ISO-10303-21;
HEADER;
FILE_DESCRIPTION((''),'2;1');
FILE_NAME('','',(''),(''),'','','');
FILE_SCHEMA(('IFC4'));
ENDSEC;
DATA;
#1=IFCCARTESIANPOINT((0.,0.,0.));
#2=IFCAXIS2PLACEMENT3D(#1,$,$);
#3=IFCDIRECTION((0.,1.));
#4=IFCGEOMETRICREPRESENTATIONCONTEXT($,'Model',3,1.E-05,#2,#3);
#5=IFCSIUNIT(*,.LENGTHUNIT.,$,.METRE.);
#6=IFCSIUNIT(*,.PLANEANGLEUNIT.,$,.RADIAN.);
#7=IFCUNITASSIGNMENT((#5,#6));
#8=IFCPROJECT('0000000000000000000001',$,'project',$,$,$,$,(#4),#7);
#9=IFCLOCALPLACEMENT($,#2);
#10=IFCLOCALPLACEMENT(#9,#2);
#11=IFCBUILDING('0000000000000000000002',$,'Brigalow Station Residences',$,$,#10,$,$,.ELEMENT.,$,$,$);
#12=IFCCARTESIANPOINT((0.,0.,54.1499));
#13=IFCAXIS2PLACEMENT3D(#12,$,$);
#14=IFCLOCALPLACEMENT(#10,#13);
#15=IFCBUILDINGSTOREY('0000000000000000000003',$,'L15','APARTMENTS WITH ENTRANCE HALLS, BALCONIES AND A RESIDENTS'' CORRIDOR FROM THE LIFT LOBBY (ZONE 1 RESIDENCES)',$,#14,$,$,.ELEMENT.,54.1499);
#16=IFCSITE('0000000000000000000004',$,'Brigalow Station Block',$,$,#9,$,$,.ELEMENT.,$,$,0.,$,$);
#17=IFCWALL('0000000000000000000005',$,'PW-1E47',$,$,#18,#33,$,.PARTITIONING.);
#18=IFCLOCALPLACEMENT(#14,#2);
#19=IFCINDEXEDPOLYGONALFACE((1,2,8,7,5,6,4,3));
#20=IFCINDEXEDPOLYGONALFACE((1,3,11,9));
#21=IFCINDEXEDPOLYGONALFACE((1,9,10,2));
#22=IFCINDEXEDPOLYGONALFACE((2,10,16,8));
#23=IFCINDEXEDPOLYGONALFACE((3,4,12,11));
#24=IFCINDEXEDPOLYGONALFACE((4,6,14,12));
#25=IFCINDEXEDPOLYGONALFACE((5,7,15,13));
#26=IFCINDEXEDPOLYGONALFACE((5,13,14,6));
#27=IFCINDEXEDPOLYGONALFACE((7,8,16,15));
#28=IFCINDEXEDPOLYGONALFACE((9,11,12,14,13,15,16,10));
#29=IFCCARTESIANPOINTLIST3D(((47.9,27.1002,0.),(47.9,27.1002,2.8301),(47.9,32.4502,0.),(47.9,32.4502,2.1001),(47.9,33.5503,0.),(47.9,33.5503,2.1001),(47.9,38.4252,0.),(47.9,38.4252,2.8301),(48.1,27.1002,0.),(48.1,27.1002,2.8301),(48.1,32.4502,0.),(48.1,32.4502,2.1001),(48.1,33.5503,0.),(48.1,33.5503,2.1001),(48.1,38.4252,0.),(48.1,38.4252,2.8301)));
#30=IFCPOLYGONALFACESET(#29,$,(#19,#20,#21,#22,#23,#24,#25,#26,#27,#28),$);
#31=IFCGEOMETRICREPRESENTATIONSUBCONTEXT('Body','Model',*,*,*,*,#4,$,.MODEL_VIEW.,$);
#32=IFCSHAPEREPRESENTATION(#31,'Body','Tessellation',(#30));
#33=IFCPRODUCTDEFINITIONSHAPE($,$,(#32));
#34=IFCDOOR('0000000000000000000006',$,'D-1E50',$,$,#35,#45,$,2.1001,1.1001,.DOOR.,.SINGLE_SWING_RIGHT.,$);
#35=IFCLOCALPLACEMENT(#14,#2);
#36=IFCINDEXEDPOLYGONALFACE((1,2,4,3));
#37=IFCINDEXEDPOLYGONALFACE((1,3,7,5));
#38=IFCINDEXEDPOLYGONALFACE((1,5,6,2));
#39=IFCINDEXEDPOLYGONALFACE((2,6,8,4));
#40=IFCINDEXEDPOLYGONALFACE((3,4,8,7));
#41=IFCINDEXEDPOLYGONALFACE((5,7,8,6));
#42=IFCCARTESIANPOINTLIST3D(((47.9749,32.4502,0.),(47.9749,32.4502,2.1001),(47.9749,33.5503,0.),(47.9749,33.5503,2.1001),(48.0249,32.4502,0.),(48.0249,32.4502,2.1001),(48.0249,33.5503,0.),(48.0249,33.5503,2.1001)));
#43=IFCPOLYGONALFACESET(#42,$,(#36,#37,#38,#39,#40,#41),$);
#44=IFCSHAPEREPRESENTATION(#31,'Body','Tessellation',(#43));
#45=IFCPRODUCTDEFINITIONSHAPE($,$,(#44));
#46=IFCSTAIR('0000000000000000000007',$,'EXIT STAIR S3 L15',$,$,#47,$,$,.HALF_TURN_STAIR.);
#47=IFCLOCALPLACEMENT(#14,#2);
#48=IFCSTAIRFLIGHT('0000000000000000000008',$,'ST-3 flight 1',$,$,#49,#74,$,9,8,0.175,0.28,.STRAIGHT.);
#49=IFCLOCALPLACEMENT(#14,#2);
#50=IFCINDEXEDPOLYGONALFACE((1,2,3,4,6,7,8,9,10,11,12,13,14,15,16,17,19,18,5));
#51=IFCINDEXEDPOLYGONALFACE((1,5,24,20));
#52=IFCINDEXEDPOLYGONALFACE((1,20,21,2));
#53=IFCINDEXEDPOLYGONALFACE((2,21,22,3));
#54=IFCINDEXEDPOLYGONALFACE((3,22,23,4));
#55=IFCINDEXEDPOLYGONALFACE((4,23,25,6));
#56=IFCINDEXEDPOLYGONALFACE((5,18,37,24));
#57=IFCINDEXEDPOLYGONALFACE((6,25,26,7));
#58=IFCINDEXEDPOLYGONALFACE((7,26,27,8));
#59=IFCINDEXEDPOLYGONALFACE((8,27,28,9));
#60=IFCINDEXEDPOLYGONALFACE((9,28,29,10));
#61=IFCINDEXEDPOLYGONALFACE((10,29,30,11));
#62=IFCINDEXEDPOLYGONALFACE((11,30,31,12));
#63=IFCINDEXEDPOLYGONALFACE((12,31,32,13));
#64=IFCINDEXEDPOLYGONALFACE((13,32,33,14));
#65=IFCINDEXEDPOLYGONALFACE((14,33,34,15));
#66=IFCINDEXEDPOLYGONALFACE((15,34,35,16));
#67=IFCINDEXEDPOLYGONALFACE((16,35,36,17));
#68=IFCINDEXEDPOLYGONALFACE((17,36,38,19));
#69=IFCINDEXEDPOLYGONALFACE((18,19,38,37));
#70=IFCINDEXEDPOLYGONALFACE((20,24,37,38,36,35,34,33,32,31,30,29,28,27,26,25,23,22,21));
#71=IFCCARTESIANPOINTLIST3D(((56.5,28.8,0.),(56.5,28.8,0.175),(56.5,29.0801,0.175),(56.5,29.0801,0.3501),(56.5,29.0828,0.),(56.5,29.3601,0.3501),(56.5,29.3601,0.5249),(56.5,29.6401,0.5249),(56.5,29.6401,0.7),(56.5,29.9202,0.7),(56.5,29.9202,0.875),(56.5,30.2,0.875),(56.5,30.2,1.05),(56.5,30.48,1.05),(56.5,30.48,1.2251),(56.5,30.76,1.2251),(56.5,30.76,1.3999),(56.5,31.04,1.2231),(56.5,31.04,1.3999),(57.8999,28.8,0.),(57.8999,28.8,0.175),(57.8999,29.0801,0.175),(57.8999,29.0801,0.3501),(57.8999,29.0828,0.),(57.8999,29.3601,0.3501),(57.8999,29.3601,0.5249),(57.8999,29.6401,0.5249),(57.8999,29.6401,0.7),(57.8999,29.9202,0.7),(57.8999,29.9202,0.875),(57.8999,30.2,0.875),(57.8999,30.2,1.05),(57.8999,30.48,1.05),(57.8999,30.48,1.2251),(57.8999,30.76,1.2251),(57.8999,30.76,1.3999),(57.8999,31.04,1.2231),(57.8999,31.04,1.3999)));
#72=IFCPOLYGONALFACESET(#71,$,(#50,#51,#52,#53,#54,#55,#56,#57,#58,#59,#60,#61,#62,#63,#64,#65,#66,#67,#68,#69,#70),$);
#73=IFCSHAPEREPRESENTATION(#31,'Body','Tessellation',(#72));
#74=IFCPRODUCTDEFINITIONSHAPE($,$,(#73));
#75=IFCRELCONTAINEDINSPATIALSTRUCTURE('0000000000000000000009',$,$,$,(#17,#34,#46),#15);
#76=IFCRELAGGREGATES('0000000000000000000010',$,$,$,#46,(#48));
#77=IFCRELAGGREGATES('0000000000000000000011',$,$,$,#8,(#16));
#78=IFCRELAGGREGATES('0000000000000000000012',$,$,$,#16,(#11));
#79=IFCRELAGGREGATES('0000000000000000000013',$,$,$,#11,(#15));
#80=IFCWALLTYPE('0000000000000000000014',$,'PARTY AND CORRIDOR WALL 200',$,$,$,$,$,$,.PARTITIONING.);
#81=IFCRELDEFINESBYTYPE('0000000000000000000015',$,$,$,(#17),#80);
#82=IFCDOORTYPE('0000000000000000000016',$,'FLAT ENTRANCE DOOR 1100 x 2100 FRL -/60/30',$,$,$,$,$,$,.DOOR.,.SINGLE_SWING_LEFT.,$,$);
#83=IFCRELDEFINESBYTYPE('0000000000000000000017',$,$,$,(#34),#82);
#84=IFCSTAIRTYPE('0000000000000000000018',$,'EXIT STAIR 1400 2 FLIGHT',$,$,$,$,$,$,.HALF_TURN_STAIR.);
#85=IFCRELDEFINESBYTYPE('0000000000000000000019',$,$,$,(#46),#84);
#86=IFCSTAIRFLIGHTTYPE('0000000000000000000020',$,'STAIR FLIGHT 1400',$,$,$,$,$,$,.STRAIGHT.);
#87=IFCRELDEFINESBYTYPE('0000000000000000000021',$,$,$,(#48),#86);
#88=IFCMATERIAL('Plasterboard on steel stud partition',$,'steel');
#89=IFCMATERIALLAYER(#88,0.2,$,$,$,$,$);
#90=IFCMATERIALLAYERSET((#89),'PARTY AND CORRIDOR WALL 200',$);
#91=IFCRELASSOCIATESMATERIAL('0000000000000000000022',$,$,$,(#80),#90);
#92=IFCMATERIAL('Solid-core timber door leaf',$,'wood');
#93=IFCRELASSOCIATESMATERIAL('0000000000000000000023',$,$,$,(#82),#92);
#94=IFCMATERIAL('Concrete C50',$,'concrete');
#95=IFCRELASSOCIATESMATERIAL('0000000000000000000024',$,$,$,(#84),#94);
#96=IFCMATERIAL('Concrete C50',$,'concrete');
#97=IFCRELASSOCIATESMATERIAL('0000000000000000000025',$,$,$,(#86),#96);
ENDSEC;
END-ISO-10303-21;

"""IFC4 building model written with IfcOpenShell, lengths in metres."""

from ifc_helpers import new_model, si_unit, direction, frame, frame_2d, origin, place, context, subcontext, project, spatial, polyline, rectangle, outline, extrude, material, layer, layer_set, type_object, element, fill, aggregate, save


model = new_model("IFC4")

# Units and contexts
model_context = context("Model", 3, precision=1e-05, world=origin(), true_north=direction((0.0, 1.0)))
body_context = subcontext(model_context, "Body", "Model", "MODEL_VIEW")
ifc_project = project(units=[si_unit("LENGTHUNIT", "METRE"), si_unit("PLANEANGLEUNIT", "RADIAN")], contexts=[model_context])

# Site, building, storey
site_placement = place(None, origin())
site = spatial("IfcSite", under=ifc_project, at=site_placement, Name="Brigalow Station Block", CompositionType="ELEMENT", RefElevation=0.0)
building_placement = place(site_placement, origin())
building = spatial("IfcBuilding", under=site, at=building_placement, Name="Brigalow Station Residences", CompositionType="ELEMENT")
storey_placement = place(building_placement, frame((0.0, 0.0, 54.1499)))
storey = spatial("IfcBuildingStorey", under=building, at=storey_placement, Name="L15", Description="APARTMENTS WITH ENTRANCE HALLS, BALCONIES AND A RESIDENTS' CORRIDOR FROM THE LIFT LOBBY (ZONE 1 RESIDENCES)", CompositionType="ELEMENT", Elevation=54.1499)

# Shared definitions
ifc_material_1 = material(Name="Plasterboard on steel stud partition", Category="steel")
ifc_layer_1 = layer(ifc_material_1, 0.2)
ifc_layer_set_1 = layer_set([ifc_layer_1], Name="PARTY AND CORRIDOR WALL 200")
wall_type_1 = type_object("IfcWallType", Name="PARTY AND CORRIDOR WALL 200", PredefinedType="PARTITIONING", material=ifc_layer_set_1)

# Wall, opening, door
wall_1_placement = place(storey_placement, frame((48.0, 27.1001, 0.0), z_axis=(0.0, 0.0, 1.0), x_axis=(0.0, 1.0, 0.0)))
wall_1 = element("IfcWall", 1, at=wall_1_placement, inside=storey, type_object=wall_type_1, Name="PW-1E47", PredefinedType="PARTITIONING", context=body_context, shape_type="SweptSolid", body=[
    extrude(rectangle(XDim=11.325, YDim=0.2, at=frame_2d((5.6626, 0.0))), origin(), (0.0, 0.0, 1.0), 2.8301),
])
opening_1_placement = place(wall_1_placement, frame((5.3501, 0.0, 0.0)))
opening_1 = element("IfcOpeningElement", 2, at=opening_1_placement, cuts=wall_1, PredefinedType="OPENING", context=body_context, shape_type="SweptSolid", body=[
    extrude(rectangle(XDim=1.1001, YDim=2.1001, at=frame_2d((0.55, 1.05))), frame((0.0, 0.1099, 0.0), z_axis=(0.0, -1.0, 0.0), x_axis=(1.0, 0.0, 0.0)), (0.0, 0.0, 1.0), 0.22),
])
ifc_material_2 = material(Name="Solid-core timber door leaf", Category="wood")
door_type_1 = type_object("IfcDoorType", Name="FLAT ENTRANCE DOOR 1100 x 2100 FRL -/60/30", OperationType="SINGLE_SWING_LEFT", PredefinedType="DOOR", material=ifc_material_2)
door_1_placement = place(opening_1_placement, frame((1.1001, 0.0, 0.0), z_axis=(0.0, 0.0, 1.0), x_axis=(-1.0, 0.0, 0.0)))
door_1 = element("IfcDoor", 3, at=door_1_placement, inside=storey, type_object=door_type_1, Name="D-1E50", OperationType="SINGLE_SWING_RIGHT", OverallHeight=2.1001, OverallWidth=1.1001, PredefinedType="DOOR", context=body_context, shape_type="SweptSolid", body=[
    extrude(rectangle(XDim=1.1001, YDim=2.1001, at=frame_2d((0.55, 1.05))), frame((0.0, 0.0249, 0.0), z_axis=(0.0, -1.0, 0.0), x_axis=(1.0, 0.0, 0.0)), (0.0, 0.0, 1.0), 0.05),
])
fill(opening_1, door_1)

# Stair, stair flight
ifc_material_3 = material(Name="Concrete C50", Category="concrete")
stair_type = type_object("IfcStairType", Name="EXIT STAIR 1400 2 FLIGHT", PredefinedType="HALF_TURN_STAIR", material=ifc_material_3)
stair_placement = place(storey_placement, origin())
stair = element("IfcStair", 4, at=stair_placement, inside=storey, type_object=stair_type, Name="EXIT STAIR S3 L15", PredefinedType="HALF_TURN_STAIR")
ifc_material_4 = material(Name="Concrete C50", Category="concrete")
stair_flight_type = type_object("IfcStairFlightType", Name="STAIR FLIGHT 1400", PredefinedType="STRAIGHT", material=ifc_material_4)
stair_flight_placement = place(storey_placement, frame((57.2, 28.8, 0.0), z_axis=(0.0, 0.0, 1.0), x_axis=(0.0, 1.0, 0.0)))
stair_flight = element("IfcStairFlight", 5, at=stair_flight_placement, type_object=stair_flight_type, Name="ST-3 flight 1", NumberOfRisers=9, NumberOfTreads=8, PredefinedType="STRAIGHT", RiserHeight=0.175, TreadLength=0.28, context=body_context, shape_type="SweptSolid", body=[
    extrude(outline(polyline([(0.0, 0.0), (0.0, 0.175), (0.28, 0.175), (0.28, 0.3501), (0.5601, 0.3501), (0.5601, 0.5249), (0.8401, 0.5249), (0.8401, 0.7), (1.1201, 0.7), (1.1201, 0.875), (1.3999, 0.875), (1.3999, 1.05), (1.6799, 1.05), (1.6799, 1.2251), (1.96, 1.2251), (1.96, 1.3999), (2.24, 1.3999), (2.24, 1.575), (2.24, 1.2231), (0.2827, 0.0), (0.0, 0.0)])), frame((0.0, 0.7, 0.0), z_axis=(0.0, -1.0, 0.0), x_axis=(1.0, 0.0, 0.0)), (0.0, 0.0, 1.0), 1.3999),
])
aggregate(stair, [stair_flight])

save(model, "model.ifc")
